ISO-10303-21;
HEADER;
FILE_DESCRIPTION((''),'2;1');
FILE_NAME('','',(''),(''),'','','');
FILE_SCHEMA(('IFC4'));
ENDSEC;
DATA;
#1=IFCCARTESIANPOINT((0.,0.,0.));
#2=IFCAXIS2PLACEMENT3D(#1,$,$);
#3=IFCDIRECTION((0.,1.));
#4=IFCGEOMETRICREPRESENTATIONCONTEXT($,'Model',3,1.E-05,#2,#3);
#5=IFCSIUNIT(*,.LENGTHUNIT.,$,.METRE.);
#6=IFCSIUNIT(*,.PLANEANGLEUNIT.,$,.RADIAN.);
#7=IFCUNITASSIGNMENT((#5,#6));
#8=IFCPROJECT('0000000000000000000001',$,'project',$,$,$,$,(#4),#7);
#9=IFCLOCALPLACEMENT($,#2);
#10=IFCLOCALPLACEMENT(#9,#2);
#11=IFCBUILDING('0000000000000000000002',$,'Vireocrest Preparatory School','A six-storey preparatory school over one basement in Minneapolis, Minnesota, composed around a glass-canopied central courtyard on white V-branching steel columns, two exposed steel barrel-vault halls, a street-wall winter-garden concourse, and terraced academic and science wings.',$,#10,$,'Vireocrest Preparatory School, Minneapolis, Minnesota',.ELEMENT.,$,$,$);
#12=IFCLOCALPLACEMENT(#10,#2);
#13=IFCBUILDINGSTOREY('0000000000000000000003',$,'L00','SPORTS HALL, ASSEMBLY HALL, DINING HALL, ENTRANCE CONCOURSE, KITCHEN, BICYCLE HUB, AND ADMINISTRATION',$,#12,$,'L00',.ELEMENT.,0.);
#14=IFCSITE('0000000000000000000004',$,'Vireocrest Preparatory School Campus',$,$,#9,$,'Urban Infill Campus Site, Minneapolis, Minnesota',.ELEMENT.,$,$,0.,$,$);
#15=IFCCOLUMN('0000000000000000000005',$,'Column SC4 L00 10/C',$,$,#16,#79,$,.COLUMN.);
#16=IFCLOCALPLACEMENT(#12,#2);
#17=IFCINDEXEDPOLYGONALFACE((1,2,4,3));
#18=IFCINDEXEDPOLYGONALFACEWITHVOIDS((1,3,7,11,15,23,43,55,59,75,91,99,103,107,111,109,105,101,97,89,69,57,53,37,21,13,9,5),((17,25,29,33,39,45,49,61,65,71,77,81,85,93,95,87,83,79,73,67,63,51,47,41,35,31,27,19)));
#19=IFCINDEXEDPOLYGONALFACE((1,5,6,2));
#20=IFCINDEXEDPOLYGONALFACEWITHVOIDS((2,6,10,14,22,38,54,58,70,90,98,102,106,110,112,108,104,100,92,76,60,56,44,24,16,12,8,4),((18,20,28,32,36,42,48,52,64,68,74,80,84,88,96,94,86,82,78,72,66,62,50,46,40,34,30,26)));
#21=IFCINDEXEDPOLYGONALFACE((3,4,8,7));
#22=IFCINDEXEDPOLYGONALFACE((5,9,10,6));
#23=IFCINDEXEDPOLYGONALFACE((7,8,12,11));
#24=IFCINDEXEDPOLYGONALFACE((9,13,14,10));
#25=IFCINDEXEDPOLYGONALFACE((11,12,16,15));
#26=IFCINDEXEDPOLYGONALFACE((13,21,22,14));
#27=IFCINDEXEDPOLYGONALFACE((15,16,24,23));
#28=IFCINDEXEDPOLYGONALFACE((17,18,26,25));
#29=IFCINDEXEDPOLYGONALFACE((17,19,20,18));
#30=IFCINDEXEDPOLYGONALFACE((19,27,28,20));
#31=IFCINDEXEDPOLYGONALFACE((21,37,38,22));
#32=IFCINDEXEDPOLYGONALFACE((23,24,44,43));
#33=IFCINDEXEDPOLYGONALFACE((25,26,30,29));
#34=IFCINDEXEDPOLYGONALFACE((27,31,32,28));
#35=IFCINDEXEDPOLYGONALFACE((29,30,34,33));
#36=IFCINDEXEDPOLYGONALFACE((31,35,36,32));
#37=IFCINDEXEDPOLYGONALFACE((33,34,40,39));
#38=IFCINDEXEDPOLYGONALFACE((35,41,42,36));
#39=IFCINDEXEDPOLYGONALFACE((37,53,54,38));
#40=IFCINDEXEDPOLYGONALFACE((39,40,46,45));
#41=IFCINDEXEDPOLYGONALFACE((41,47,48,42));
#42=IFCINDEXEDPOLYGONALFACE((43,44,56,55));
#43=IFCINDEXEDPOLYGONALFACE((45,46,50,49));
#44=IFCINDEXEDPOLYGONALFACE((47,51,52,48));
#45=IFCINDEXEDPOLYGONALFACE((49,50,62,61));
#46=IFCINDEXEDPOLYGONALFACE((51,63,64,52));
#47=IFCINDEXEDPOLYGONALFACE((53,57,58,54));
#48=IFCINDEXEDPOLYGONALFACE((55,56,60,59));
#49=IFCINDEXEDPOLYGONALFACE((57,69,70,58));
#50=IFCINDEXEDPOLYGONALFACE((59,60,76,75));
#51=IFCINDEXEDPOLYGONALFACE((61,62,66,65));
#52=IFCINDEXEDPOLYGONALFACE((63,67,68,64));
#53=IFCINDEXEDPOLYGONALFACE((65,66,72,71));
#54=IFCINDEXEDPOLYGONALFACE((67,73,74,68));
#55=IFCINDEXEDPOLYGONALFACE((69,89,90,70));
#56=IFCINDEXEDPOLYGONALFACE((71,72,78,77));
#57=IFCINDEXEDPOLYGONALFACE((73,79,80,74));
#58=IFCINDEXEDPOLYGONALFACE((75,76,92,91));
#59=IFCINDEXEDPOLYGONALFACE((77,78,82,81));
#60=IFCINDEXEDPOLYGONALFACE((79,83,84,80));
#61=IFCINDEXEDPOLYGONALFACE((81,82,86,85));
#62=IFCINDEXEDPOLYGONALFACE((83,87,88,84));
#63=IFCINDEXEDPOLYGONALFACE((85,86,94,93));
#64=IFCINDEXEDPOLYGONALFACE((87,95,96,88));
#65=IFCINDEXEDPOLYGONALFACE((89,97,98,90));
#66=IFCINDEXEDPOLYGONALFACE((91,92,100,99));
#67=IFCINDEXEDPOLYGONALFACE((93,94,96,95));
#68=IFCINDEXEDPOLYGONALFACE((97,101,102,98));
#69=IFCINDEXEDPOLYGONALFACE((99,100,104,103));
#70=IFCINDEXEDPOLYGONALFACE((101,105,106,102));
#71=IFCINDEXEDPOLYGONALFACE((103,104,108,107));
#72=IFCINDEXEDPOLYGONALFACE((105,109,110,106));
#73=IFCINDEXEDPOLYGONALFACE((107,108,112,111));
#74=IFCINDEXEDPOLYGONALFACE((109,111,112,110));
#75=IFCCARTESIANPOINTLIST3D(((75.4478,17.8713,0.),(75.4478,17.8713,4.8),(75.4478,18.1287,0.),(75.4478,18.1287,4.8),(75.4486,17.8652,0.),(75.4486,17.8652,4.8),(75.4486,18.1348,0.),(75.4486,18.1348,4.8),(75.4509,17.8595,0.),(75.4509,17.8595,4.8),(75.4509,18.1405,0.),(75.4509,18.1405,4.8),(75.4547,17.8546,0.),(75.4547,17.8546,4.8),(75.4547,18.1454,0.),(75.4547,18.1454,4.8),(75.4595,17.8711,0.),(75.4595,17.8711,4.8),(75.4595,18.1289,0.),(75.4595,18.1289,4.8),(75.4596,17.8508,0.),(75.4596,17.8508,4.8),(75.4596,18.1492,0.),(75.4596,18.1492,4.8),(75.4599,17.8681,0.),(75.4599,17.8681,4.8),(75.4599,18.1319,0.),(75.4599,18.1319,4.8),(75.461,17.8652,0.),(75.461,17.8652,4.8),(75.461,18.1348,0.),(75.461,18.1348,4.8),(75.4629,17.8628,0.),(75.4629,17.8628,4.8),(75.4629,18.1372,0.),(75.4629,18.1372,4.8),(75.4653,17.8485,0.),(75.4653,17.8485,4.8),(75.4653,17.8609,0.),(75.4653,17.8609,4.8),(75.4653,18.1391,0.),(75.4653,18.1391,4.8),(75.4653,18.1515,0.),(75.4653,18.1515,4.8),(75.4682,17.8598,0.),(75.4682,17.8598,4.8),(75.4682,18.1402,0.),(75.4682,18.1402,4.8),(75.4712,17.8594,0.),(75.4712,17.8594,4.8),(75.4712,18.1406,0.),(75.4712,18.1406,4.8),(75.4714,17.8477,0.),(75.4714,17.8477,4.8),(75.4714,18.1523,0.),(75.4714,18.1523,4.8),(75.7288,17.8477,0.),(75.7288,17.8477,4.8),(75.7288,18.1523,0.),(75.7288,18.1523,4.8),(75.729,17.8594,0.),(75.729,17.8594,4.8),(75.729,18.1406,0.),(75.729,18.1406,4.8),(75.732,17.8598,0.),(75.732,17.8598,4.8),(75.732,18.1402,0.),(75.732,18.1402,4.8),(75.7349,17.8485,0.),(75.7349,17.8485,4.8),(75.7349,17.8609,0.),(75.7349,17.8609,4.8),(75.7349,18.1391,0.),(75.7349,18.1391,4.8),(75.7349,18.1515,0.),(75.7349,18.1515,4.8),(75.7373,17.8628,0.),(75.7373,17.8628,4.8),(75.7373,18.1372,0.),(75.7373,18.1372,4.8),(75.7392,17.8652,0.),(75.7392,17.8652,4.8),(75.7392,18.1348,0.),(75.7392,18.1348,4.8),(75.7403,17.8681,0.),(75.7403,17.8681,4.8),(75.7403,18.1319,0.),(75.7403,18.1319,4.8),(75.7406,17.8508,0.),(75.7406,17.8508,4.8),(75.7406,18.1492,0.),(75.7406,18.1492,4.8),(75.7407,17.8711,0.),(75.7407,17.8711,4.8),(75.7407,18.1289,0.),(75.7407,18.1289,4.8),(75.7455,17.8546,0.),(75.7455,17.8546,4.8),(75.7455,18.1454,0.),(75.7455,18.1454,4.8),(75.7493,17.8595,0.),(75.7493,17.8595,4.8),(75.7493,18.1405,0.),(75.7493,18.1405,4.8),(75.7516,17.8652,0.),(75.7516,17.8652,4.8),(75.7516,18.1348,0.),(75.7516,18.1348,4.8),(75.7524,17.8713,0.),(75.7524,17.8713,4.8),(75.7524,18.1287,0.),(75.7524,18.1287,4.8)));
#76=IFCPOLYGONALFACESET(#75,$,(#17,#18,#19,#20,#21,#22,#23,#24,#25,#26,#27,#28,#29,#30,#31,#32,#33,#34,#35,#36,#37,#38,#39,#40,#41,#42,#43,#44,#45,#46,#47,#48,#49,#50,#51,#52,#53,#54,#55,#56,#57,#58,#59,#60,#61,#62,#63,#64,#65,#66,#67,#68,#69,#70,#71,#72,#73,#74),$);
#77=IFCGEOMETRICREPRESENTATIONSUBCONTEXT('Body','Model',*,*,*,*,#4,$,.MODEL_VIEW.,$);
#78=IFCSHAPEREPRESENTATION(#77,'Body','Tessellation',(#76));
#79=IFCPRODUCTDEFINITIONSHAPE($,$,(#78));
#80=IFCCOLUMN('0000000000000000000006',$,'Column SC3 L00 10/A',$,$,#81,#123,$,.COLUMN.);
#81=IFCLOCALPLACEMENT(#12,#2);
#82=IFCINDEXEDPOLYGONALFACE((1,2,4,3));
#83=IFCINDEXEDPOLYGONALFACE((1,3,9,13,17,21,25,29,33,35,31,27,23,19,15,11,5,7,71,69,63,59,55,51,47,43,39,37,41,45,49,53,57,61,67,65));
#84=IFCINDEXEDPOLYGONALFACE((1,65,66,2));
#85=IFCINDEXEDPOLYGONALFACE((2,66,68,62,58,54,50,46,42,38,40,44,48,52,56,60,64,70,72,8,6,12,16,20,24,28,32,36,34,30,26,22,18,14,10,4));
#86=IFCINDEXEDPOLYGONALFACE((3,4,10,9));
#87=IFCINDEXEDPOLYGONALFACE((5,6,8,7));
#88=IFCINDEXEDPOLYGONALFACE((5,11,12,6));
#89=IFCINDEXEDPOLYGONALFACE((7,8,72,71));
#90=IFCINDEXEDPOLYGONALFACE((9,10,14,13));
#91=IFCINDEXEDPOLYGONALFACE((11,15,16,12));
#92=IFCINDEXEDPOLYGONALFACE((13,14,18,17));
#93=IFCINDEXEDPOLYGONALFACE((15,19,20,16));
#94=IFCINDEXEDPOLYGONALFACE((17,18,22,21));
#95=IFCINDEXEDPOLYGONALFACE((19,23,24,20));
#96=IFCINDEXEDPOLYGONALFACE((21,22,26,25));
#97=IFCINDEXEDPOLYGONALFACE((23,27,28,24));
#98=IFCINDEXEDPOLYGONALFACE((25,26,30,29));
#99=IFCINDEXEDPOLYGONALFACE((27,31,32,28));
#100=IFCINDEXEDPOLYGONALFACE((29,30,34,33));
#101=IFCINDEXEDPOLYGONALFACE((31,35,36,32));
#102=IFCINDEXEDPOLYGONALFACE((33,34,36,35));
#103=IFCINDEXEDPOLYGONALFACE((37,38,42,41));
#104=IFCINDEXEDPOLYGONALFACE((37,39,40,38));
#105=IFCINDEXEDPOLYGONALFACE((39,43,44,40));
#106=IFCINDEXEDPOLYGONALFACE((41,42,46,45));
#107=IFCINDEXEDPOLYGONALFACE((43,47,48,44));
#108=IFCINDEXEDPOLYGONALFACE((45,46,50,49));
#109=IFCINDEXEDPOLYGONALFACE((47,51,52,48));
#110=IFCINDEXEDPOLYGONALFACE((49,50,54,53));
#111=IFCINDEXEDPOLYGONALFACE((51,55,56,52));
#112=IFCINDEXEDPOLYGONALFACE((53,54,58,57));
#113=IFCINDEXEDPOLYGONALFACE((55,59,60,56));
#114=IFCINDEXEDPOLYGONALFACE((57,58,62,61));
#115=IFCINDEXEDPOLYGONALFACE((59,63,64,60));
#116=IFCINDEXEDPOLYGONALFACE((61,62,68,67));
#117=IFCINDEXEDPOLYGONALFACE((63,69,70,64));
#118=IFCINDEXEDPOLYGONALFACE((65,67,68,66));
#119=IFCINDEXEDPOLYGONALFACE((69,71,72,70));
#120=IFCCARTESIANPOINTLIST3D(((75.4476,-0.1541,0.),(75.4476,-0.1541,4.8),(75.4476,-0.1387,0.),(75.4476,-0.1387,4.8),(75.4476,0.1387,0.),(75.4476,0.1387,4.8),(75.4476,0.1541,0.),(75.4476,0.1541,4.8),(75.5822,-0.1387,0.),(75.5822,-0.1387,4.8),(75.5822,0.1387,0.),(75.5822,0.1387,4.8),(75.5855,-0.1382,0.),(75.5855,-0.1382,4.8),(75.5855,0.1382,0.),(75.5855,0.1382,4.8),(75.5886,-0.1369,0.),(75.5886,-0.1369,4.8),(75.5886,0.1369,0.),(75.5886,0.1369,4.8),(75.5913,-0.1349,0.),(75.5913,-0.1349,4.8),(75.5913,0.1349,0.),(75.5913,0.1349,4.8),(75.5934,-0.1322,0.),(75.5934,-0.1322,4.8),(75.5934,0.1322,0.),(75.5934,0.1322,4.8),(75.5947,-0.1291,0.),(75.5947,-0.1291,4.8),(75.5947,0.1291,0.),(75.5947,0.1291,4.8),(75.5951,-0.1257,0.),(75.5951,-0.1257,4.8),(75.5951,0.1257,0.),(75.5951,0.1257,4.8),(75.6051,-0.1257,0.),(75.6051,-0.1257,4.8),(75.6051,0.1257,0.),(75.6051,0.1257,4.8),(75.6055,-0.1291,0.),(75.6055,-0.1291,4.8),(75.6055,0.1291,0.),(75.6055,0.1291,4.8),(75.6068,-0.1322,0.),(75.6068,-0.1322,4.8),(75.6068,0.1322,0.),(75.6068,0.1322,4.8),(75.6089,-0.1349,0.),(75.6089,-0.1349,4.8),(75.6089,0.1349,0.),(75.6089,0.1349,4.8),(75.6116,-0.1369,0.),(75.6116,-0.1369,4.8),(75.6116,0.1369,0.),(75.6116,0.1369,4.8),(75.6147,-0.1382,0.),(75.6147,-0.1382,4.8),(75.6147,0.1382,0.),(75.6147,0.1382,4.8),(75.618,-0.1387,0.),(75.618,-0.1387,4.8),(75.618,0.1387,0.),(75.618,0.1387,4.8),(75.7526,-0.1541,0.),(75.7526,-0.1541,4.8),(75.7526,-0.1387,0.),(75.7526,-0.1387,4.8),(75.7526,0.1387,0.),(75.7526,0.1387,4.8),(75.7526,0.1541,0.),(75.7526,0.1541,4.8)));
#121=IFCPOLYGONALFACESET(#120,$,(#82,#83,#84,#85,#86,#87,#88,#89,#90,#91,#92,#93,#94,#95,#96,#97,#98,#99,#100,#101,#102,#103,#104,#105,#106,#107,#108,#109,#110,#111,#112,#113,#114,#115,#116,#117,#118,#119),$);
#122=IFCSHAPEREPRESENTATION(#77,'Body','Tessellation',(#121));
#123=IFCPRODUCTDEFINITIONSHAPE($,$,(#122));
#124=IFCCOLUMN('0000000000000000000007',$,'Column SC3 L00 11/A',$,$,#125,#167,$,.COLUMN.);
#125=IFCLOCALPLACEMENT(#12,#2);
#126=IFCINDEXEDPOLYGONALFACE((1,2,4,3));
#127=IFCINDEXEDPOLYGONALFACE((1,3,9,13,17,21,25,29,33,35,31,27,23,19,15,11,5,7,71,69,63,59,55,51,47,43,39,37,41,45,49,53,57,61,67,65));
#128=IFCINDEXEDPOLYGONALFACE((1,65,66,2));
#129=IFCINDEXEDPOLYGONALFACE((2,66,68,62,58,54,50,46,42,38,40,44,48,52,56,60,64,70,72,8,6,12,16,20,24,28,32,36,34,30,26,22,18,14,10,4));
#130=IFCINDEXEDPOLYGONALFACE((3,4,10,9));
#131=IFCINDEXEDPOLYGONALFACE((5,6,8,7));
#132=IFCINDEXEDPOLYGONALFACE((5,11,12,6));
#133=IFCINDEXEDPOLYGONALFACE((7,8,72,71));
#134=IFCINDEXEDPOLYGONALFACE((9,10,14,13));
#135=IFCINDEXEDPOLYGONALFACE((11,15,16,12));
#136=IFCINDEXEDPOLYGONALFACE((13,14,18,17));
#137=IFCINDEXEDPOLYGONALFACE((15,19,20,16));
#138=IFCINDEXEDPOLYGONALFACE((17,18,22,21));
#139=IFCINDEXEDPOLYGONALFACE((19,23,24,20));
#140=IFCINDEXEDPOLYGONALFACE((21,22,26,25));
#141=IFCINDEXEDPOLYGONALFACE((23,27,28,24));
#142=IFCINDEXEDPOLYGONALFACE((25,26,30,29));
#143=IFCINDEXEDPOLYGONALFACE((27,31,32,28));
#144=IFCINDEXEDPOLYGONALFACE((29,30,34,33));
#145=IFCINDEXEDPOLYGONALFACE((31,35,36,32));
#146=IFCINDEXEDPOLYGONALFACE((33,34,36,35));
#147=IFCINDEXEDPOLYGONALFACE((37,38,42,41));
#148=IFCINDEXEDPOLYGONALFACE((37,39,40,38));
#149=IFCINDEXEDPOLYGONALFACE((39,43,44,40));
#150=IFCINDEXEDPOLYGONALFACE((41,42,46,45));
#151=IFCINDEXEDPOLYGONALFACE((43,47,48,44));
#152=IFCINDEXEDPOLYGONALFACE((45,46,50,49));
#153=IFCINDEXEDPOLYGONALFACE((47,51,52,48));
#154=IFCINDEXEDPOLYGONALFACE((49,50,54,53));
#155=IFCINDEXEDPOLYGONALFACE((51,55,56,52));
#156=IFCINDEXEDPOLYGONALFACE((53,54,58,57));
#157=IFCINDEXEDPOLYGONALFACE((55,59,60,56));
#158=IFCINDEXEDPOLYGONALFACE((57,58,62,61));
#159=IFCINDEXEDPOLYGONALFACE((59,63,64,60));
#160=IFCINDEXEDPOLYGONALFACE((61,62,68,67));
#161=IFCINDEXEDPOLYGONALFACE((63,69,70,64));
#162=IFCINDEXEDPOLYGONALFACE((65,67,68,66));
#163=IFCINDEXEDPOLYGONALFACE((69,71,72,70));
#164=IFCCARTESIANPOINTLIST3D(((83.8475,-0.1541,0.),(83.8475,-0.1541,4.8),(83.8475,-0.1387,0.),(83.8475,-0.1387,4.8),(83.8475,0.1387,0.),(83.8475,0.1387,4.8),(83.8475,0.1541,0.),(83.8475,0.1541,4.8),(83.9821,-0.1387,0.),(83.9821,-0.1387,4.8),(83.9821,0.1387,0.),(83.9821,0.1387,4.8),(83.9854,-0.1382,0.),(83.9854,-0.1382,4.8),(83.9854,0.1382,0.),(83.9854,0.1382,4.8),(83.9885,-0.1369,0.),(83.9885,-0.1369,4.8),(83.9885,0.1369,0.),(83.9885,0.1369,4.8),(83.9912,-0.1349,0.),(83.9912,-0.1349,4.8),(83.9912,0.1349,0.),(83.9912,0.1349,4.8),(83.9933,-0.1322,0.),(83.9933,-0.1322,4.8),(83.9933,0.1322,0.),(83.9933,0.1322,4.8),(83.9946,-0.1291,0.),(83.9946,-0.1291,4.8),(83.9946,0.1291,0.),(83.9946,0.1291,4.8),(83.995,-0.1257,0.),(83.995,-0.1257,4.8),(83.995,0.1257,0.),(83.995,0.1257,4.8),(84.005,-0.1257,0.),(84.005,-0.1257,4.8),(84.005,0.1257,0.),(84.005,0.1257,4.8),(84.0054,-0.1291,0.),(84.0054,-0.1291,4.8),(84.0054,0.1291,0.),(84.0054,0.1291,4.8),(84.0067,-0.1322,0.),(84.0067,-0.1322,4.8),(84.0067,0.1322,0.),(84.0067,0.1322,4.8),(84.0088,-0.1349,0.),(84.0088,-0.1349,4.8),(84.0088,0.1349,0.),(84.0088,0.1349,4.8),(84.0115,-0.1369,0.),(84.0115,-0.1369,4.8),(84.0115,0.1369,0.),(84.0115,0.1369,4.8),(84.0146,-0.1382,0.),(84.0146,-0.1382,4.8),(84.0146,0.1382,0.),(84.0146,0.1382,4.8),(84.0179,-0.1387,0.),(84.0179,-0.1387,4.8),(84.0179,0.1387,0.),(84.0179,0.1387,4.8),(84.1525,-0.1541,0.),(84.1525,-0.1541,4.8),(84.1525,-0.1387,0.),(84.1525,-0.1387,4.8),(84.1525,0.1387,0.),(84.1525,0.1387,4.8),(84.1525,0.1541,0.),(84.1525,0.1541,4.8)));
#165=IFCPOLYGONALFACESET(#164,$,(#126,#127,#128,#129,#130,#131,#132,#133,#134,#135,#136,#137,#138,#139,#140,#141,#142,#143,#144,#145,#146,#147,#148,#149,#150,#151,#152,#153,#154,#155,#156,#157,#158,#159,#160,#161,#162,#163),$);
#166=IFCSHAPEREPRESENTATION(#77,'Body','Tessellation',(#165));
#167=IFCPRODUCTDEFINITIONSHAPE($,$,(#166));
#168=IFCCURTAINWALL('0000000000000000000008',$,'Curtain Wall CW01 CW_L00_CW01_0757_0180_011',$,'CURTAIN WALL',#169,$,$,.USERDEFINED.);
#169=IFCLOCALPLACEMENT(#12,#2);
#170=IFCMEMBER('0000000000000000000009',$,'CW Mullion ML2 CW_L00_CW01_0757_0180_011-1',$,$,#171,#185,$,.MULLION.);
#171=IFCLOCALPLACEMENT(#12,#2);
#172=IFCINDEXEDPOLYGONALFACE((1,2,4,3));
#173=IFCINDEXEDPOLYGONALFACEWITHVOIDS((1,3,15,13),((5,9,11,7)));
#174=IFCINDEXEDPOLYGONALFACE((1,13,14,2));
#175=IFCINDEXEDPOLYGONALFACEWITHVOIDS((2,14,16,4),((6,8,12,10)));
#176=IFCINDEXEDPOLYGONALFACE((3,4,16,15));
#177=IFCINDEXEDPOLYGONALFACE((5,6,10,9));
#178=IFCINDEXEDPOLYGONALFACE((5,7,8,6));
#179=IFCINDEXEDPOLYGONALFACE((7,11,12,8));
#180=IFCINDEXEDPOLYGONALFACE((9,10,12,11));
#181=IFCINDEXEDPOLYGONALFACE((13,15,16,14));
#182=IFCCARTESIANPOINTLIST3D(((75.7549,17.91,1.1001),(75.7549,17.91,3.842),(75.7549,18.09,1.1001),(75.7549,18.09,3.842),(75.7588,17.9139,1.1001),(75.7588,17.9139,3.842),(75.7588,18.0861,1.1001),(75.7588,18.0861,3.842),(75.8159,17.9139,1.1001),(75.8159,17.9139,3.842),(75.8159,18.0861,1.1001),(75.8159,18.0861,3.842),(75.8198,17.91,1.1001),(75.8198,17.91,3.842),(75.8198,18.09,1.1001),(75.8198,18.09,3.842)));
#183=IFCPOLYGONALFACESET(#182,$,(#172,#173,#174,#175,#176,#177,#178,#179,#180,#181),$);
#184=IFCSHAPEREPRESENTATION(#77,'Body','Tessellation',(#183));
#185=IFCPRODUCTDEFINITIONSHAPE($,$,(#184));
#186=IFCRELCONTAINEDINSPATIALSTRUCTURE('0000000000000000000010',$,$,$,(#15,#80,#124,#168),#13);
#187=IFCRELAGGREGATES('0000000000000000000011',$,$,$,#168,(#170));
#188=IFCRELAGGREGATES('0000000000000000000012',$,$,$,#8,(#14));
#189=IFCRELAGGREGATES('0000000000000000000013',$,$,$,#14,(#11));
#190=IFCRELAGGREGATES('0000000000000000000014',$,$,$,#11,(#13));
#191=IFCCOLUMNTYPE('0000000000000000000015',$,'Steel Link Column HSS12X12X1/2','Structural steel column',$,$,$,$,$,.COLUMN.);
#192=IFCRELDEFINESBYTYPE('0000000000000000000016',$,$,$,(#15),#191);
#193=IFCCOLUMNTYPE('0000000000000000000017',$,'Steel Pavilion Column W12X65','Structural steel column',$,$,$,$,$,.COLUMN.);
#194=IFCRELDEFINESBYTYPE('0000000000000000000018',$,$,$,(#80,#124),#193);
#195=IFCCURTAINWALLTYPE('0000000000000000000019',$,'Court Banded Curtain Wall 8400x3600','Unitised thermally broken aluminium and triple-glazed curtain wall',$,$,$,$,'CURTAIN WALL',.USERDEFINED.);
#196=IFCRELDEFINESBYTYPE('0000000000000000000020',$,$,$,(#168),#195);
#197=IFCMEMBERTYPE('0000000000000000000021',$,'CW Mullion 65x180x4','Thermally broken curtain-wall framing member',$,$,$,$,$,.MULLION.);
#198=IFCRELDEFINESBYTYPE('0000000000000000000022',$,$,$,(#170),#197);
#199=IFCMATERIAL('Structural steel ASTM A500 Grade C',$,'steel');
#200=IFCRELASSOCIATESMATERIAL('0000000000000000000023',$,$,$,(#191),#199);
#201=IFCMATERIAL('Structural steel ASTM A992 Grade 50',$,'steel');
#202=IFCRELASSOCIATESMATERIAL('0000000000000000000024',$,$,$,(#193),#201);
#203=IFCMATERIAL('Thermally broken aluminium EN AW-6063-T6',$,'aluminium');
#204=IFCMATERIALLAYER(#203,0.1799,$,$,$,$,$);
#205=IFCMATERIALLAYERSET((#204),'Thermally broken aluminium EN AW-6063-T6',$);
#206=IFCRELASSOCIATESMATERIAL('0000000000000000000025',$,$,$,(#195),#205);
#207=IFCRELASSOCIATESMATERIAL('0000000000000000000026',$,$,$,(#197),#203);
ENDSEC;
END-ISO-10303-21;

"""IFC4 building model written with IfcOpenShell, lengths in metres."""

from ifc_helpers import new_model, si_unit, direction, frame, origin, origin_2d, place, context, subcontext, project, spatial, hollow_rectangle, i_section, extrude, material, layer, layer_set, material_profile, profile_set, type_object, element, aggregate, save


model = new_model("IFC4")

# Units and contexts
model_context = context("Model", 3, precision=1e-05, world=origin(), true_north=direction((0.0, 1.0)))
body_context = subcontext(model_context, "Body", "Model", "MODEL_VIEW")
ifc_project = project(units=[si_unit("LENGTHUNIT", "METRE"), si_unit("PLANEANGLEUNIT", "RADIAN")], contexts=[model_context])

# Site, building, storey
site_placement = place(None, origin())
site = spatial("IfcSite", under=ifc_project, at=site_placement, Name="Vireocrest Preparatory School Campus", LongName="Urban Infill Campus Site, Minneapolis, Minnesota", CompositionType="ELEMENT", RefElevation=0.0)
building_placement = place(site_placement, origin())
building = spatial("IfcBuilding", under=site, at=building_placement, Name="Vireocrest Preparatory School", Description="A six-storey preparatory school over one basement in Minneapolis, Minnesota, composed around a glass-canopied central courtyard on white V-branching steel columns, two exposed steel barrel-vault halls, a street-wall winter-garden concourse, and terraced academic and science wings.", LongName="Vireocrest Preparatory School, Minneapolis, Minnesota", CompositionType="ELEMENT")
storey_placement = place(building_placement, origin())
storey = spatial("IfcBuildingStorey", under=building, at=storey_placement, Name="L00", Description="SPORTS HALL, ASSEMBLY HALL, DINING HALL, ENTRANCE CONCOURSE, KITCHEN, BICYCLE HUB, AND ADMINISTRATION", LongName="L00", CompositionType="ELEMENT", Elevation=0.0)

# Columns
ifc_material_1 = material(Name="Structural steel ASTM A500 Grade C", Category="steel")
ifc_material_profile_1 = material_profile(ifc_material_1, hollow_rectangle(XDim=0.3047, YDim=0.3047, WallThickness=0.0117, InnerFilletRadius=0.0117, OuterFilletRadius=0.0237, at=origin_2d()), Name="HSS12X12X1/2")
ifc_profile_set_1 = profile_set([ifc_material_profile_1], Name="Structural steel ASTM A500 Grade C")
column_type_1 = type_object("IfcColumnType", Name="Steel Link Column HSS12X12X1/2", Description="Structural steel column", PredefinedType="COLUMN", material=ifc_profile_set_1)
column_placement = place(storey_placement, frame((75.6001, 18.0, 0.0), z_axis=(0.0, 0.0, 1.0), x_axis=(1.0, 0.0, 0.0)))
element("IfcColumn", 1, at=column_placement, inside=storey, type_object=column_type_1, Name="Column SC4 L00 10/C", PredefinedType="COLUMN", context=body_context, shape_type="SweptSolid", body=[
    extrude(hollow_rectangle(XDim=0.3047, YDim=0.3047, WallThickness=0.0117, InnerFilletRadius=0.0117, OuterFilletRadius=0.0237, at=origin_2d()), origin(), (0.0, 0.0, 1.0), 4.8),
])
ifc_material_2 = material(Name="Structural steel ASTM A992 Grade 50", Category="steel")
ifc_material_profile_2 = material_profile(ifc_material_2, i_section(OverallWidth=0.3049, OverallDepth=0.3081, WebThickness=0.01, FlangeThickness=0.0154, FilletRadius=0.0129, at=origin_2d()), Name="W12X65")
ifc_profile_set_2 = profile_set([ifc_material_profile_2], Name="Structural steel ASTM A992 Grade 50")
column_type_2 = type_object("IfcColumnType", Name="Steel Pavilion Column W12X65", Description="Structural steel column", PredefinedType="COLUMN", material=ifc_profile_set_2)
for number, where, z_axis, x_axis, name in (
    (2, (75.6001, 0.0, 0.0), (0.0, 0.0, 1.0), (1.0, 0.0, 0.0), "Column SC3 L00 10/A"),
    (3, (84.0, 0.0, 0.0), (0.0, 0.0, 1.0), (1.0, 0.0, 0.0), "Column SC3 L00 11/A"),
):
    element("IfcColumn", number, at=place(storey_placement, frame(where, z_axis=z_axis, x_axis=x_axis)), inside=storey, type_object=column_type_2, Name=name, PredefinedType="COLUMN", context=body_context, shape_type="SweptSolid", body=[
        extrude(i_section(OverallWidth=0.3049, OverallDepth=0.3081, WebThickness=0.01, FlangeThickness=0.0154, FilletRadius=0.0129, at=origin_2d()), origin(), (0.0, 0.0, 1.0), 4.8),
    ])

# Curtain wall, member
ifc_material_3 = material(Name="Thermally broken aluminium EN AW-6063-T6", Category="aluminium")
ifc_layer_1 = layer(ifc_material_3, 0.1799)
ifc_layer_set_1 = layer_set([ifc_layer_1], Name="Thermally broken aluminium EN AW-6063-T6")
curtain_wall_type_1 = type_object("IfcCurtainWallType", Name="Court Banded Curtain Wall 8400x3600", Description="Unitised thermally broken aluminium and triple-glazed curtain wall", ElementType="CURTAIN WALL", PredefinedType="USERDEFINED", material=ifc_layer_set_1)
curtain_wall_1_placement = place(storey_placement, origin())
curtain_wall_1 = element("IfcCurtainWall", 4, at=curtain_wall_1_placement, inside=storey, type_object=curtain_wall_type_1, Name="Curtain Wall CW01 CW_L00_CW01_0757_0180_011", ObjectType="CURTAIN WALL", PredefinedType="USERDEFINED")
ifc_material_profile_3 = material_profile(ifc_material_3, hollow_rectangle(XDim=0.0649, YDim=0.1799, WallThickness=0.0039, at=origin_2d()), Name="ALU 65x180x4")
ifc_profile_set_3 = profile_set([ifc_material_profile_3], Name="Thermally broken aluminium EN AW-6063-T6")
member_type_1 = type_object("IfcMemberType", Name="CW Mullion 65x180x4", Description="Thermally broken curtain-wall framing member", PredefinedType="MULLION", material=ifc_profile_set_3)
member_1_placement = place(storey_placement, frame((75.7874, 18.0, 1.1001), z_axis=(0.0, 0.0, 1.0), x_axis=(1.0, 0.0, 0.0)))
member_1 = element("IfcMember", 5, at=member_1_placement, type_object=member_type_1, Name="CW Mullion ML2 CW_L00_CW01_0757_0180_011-1", PredefinedType="MULLION", context=body_context, shape_type="SweptSolid", body=[
    extrude(hollow_rectangle(XDim=0.0649, YDim=0.1799, WallThickness=0.0039, at=origin_2d()), origin(), (0.0, 0.0, 1.0), 2.7419),
])

aggregate(curtain_wall_1, [member_1])

save(model, "model.ifc")
